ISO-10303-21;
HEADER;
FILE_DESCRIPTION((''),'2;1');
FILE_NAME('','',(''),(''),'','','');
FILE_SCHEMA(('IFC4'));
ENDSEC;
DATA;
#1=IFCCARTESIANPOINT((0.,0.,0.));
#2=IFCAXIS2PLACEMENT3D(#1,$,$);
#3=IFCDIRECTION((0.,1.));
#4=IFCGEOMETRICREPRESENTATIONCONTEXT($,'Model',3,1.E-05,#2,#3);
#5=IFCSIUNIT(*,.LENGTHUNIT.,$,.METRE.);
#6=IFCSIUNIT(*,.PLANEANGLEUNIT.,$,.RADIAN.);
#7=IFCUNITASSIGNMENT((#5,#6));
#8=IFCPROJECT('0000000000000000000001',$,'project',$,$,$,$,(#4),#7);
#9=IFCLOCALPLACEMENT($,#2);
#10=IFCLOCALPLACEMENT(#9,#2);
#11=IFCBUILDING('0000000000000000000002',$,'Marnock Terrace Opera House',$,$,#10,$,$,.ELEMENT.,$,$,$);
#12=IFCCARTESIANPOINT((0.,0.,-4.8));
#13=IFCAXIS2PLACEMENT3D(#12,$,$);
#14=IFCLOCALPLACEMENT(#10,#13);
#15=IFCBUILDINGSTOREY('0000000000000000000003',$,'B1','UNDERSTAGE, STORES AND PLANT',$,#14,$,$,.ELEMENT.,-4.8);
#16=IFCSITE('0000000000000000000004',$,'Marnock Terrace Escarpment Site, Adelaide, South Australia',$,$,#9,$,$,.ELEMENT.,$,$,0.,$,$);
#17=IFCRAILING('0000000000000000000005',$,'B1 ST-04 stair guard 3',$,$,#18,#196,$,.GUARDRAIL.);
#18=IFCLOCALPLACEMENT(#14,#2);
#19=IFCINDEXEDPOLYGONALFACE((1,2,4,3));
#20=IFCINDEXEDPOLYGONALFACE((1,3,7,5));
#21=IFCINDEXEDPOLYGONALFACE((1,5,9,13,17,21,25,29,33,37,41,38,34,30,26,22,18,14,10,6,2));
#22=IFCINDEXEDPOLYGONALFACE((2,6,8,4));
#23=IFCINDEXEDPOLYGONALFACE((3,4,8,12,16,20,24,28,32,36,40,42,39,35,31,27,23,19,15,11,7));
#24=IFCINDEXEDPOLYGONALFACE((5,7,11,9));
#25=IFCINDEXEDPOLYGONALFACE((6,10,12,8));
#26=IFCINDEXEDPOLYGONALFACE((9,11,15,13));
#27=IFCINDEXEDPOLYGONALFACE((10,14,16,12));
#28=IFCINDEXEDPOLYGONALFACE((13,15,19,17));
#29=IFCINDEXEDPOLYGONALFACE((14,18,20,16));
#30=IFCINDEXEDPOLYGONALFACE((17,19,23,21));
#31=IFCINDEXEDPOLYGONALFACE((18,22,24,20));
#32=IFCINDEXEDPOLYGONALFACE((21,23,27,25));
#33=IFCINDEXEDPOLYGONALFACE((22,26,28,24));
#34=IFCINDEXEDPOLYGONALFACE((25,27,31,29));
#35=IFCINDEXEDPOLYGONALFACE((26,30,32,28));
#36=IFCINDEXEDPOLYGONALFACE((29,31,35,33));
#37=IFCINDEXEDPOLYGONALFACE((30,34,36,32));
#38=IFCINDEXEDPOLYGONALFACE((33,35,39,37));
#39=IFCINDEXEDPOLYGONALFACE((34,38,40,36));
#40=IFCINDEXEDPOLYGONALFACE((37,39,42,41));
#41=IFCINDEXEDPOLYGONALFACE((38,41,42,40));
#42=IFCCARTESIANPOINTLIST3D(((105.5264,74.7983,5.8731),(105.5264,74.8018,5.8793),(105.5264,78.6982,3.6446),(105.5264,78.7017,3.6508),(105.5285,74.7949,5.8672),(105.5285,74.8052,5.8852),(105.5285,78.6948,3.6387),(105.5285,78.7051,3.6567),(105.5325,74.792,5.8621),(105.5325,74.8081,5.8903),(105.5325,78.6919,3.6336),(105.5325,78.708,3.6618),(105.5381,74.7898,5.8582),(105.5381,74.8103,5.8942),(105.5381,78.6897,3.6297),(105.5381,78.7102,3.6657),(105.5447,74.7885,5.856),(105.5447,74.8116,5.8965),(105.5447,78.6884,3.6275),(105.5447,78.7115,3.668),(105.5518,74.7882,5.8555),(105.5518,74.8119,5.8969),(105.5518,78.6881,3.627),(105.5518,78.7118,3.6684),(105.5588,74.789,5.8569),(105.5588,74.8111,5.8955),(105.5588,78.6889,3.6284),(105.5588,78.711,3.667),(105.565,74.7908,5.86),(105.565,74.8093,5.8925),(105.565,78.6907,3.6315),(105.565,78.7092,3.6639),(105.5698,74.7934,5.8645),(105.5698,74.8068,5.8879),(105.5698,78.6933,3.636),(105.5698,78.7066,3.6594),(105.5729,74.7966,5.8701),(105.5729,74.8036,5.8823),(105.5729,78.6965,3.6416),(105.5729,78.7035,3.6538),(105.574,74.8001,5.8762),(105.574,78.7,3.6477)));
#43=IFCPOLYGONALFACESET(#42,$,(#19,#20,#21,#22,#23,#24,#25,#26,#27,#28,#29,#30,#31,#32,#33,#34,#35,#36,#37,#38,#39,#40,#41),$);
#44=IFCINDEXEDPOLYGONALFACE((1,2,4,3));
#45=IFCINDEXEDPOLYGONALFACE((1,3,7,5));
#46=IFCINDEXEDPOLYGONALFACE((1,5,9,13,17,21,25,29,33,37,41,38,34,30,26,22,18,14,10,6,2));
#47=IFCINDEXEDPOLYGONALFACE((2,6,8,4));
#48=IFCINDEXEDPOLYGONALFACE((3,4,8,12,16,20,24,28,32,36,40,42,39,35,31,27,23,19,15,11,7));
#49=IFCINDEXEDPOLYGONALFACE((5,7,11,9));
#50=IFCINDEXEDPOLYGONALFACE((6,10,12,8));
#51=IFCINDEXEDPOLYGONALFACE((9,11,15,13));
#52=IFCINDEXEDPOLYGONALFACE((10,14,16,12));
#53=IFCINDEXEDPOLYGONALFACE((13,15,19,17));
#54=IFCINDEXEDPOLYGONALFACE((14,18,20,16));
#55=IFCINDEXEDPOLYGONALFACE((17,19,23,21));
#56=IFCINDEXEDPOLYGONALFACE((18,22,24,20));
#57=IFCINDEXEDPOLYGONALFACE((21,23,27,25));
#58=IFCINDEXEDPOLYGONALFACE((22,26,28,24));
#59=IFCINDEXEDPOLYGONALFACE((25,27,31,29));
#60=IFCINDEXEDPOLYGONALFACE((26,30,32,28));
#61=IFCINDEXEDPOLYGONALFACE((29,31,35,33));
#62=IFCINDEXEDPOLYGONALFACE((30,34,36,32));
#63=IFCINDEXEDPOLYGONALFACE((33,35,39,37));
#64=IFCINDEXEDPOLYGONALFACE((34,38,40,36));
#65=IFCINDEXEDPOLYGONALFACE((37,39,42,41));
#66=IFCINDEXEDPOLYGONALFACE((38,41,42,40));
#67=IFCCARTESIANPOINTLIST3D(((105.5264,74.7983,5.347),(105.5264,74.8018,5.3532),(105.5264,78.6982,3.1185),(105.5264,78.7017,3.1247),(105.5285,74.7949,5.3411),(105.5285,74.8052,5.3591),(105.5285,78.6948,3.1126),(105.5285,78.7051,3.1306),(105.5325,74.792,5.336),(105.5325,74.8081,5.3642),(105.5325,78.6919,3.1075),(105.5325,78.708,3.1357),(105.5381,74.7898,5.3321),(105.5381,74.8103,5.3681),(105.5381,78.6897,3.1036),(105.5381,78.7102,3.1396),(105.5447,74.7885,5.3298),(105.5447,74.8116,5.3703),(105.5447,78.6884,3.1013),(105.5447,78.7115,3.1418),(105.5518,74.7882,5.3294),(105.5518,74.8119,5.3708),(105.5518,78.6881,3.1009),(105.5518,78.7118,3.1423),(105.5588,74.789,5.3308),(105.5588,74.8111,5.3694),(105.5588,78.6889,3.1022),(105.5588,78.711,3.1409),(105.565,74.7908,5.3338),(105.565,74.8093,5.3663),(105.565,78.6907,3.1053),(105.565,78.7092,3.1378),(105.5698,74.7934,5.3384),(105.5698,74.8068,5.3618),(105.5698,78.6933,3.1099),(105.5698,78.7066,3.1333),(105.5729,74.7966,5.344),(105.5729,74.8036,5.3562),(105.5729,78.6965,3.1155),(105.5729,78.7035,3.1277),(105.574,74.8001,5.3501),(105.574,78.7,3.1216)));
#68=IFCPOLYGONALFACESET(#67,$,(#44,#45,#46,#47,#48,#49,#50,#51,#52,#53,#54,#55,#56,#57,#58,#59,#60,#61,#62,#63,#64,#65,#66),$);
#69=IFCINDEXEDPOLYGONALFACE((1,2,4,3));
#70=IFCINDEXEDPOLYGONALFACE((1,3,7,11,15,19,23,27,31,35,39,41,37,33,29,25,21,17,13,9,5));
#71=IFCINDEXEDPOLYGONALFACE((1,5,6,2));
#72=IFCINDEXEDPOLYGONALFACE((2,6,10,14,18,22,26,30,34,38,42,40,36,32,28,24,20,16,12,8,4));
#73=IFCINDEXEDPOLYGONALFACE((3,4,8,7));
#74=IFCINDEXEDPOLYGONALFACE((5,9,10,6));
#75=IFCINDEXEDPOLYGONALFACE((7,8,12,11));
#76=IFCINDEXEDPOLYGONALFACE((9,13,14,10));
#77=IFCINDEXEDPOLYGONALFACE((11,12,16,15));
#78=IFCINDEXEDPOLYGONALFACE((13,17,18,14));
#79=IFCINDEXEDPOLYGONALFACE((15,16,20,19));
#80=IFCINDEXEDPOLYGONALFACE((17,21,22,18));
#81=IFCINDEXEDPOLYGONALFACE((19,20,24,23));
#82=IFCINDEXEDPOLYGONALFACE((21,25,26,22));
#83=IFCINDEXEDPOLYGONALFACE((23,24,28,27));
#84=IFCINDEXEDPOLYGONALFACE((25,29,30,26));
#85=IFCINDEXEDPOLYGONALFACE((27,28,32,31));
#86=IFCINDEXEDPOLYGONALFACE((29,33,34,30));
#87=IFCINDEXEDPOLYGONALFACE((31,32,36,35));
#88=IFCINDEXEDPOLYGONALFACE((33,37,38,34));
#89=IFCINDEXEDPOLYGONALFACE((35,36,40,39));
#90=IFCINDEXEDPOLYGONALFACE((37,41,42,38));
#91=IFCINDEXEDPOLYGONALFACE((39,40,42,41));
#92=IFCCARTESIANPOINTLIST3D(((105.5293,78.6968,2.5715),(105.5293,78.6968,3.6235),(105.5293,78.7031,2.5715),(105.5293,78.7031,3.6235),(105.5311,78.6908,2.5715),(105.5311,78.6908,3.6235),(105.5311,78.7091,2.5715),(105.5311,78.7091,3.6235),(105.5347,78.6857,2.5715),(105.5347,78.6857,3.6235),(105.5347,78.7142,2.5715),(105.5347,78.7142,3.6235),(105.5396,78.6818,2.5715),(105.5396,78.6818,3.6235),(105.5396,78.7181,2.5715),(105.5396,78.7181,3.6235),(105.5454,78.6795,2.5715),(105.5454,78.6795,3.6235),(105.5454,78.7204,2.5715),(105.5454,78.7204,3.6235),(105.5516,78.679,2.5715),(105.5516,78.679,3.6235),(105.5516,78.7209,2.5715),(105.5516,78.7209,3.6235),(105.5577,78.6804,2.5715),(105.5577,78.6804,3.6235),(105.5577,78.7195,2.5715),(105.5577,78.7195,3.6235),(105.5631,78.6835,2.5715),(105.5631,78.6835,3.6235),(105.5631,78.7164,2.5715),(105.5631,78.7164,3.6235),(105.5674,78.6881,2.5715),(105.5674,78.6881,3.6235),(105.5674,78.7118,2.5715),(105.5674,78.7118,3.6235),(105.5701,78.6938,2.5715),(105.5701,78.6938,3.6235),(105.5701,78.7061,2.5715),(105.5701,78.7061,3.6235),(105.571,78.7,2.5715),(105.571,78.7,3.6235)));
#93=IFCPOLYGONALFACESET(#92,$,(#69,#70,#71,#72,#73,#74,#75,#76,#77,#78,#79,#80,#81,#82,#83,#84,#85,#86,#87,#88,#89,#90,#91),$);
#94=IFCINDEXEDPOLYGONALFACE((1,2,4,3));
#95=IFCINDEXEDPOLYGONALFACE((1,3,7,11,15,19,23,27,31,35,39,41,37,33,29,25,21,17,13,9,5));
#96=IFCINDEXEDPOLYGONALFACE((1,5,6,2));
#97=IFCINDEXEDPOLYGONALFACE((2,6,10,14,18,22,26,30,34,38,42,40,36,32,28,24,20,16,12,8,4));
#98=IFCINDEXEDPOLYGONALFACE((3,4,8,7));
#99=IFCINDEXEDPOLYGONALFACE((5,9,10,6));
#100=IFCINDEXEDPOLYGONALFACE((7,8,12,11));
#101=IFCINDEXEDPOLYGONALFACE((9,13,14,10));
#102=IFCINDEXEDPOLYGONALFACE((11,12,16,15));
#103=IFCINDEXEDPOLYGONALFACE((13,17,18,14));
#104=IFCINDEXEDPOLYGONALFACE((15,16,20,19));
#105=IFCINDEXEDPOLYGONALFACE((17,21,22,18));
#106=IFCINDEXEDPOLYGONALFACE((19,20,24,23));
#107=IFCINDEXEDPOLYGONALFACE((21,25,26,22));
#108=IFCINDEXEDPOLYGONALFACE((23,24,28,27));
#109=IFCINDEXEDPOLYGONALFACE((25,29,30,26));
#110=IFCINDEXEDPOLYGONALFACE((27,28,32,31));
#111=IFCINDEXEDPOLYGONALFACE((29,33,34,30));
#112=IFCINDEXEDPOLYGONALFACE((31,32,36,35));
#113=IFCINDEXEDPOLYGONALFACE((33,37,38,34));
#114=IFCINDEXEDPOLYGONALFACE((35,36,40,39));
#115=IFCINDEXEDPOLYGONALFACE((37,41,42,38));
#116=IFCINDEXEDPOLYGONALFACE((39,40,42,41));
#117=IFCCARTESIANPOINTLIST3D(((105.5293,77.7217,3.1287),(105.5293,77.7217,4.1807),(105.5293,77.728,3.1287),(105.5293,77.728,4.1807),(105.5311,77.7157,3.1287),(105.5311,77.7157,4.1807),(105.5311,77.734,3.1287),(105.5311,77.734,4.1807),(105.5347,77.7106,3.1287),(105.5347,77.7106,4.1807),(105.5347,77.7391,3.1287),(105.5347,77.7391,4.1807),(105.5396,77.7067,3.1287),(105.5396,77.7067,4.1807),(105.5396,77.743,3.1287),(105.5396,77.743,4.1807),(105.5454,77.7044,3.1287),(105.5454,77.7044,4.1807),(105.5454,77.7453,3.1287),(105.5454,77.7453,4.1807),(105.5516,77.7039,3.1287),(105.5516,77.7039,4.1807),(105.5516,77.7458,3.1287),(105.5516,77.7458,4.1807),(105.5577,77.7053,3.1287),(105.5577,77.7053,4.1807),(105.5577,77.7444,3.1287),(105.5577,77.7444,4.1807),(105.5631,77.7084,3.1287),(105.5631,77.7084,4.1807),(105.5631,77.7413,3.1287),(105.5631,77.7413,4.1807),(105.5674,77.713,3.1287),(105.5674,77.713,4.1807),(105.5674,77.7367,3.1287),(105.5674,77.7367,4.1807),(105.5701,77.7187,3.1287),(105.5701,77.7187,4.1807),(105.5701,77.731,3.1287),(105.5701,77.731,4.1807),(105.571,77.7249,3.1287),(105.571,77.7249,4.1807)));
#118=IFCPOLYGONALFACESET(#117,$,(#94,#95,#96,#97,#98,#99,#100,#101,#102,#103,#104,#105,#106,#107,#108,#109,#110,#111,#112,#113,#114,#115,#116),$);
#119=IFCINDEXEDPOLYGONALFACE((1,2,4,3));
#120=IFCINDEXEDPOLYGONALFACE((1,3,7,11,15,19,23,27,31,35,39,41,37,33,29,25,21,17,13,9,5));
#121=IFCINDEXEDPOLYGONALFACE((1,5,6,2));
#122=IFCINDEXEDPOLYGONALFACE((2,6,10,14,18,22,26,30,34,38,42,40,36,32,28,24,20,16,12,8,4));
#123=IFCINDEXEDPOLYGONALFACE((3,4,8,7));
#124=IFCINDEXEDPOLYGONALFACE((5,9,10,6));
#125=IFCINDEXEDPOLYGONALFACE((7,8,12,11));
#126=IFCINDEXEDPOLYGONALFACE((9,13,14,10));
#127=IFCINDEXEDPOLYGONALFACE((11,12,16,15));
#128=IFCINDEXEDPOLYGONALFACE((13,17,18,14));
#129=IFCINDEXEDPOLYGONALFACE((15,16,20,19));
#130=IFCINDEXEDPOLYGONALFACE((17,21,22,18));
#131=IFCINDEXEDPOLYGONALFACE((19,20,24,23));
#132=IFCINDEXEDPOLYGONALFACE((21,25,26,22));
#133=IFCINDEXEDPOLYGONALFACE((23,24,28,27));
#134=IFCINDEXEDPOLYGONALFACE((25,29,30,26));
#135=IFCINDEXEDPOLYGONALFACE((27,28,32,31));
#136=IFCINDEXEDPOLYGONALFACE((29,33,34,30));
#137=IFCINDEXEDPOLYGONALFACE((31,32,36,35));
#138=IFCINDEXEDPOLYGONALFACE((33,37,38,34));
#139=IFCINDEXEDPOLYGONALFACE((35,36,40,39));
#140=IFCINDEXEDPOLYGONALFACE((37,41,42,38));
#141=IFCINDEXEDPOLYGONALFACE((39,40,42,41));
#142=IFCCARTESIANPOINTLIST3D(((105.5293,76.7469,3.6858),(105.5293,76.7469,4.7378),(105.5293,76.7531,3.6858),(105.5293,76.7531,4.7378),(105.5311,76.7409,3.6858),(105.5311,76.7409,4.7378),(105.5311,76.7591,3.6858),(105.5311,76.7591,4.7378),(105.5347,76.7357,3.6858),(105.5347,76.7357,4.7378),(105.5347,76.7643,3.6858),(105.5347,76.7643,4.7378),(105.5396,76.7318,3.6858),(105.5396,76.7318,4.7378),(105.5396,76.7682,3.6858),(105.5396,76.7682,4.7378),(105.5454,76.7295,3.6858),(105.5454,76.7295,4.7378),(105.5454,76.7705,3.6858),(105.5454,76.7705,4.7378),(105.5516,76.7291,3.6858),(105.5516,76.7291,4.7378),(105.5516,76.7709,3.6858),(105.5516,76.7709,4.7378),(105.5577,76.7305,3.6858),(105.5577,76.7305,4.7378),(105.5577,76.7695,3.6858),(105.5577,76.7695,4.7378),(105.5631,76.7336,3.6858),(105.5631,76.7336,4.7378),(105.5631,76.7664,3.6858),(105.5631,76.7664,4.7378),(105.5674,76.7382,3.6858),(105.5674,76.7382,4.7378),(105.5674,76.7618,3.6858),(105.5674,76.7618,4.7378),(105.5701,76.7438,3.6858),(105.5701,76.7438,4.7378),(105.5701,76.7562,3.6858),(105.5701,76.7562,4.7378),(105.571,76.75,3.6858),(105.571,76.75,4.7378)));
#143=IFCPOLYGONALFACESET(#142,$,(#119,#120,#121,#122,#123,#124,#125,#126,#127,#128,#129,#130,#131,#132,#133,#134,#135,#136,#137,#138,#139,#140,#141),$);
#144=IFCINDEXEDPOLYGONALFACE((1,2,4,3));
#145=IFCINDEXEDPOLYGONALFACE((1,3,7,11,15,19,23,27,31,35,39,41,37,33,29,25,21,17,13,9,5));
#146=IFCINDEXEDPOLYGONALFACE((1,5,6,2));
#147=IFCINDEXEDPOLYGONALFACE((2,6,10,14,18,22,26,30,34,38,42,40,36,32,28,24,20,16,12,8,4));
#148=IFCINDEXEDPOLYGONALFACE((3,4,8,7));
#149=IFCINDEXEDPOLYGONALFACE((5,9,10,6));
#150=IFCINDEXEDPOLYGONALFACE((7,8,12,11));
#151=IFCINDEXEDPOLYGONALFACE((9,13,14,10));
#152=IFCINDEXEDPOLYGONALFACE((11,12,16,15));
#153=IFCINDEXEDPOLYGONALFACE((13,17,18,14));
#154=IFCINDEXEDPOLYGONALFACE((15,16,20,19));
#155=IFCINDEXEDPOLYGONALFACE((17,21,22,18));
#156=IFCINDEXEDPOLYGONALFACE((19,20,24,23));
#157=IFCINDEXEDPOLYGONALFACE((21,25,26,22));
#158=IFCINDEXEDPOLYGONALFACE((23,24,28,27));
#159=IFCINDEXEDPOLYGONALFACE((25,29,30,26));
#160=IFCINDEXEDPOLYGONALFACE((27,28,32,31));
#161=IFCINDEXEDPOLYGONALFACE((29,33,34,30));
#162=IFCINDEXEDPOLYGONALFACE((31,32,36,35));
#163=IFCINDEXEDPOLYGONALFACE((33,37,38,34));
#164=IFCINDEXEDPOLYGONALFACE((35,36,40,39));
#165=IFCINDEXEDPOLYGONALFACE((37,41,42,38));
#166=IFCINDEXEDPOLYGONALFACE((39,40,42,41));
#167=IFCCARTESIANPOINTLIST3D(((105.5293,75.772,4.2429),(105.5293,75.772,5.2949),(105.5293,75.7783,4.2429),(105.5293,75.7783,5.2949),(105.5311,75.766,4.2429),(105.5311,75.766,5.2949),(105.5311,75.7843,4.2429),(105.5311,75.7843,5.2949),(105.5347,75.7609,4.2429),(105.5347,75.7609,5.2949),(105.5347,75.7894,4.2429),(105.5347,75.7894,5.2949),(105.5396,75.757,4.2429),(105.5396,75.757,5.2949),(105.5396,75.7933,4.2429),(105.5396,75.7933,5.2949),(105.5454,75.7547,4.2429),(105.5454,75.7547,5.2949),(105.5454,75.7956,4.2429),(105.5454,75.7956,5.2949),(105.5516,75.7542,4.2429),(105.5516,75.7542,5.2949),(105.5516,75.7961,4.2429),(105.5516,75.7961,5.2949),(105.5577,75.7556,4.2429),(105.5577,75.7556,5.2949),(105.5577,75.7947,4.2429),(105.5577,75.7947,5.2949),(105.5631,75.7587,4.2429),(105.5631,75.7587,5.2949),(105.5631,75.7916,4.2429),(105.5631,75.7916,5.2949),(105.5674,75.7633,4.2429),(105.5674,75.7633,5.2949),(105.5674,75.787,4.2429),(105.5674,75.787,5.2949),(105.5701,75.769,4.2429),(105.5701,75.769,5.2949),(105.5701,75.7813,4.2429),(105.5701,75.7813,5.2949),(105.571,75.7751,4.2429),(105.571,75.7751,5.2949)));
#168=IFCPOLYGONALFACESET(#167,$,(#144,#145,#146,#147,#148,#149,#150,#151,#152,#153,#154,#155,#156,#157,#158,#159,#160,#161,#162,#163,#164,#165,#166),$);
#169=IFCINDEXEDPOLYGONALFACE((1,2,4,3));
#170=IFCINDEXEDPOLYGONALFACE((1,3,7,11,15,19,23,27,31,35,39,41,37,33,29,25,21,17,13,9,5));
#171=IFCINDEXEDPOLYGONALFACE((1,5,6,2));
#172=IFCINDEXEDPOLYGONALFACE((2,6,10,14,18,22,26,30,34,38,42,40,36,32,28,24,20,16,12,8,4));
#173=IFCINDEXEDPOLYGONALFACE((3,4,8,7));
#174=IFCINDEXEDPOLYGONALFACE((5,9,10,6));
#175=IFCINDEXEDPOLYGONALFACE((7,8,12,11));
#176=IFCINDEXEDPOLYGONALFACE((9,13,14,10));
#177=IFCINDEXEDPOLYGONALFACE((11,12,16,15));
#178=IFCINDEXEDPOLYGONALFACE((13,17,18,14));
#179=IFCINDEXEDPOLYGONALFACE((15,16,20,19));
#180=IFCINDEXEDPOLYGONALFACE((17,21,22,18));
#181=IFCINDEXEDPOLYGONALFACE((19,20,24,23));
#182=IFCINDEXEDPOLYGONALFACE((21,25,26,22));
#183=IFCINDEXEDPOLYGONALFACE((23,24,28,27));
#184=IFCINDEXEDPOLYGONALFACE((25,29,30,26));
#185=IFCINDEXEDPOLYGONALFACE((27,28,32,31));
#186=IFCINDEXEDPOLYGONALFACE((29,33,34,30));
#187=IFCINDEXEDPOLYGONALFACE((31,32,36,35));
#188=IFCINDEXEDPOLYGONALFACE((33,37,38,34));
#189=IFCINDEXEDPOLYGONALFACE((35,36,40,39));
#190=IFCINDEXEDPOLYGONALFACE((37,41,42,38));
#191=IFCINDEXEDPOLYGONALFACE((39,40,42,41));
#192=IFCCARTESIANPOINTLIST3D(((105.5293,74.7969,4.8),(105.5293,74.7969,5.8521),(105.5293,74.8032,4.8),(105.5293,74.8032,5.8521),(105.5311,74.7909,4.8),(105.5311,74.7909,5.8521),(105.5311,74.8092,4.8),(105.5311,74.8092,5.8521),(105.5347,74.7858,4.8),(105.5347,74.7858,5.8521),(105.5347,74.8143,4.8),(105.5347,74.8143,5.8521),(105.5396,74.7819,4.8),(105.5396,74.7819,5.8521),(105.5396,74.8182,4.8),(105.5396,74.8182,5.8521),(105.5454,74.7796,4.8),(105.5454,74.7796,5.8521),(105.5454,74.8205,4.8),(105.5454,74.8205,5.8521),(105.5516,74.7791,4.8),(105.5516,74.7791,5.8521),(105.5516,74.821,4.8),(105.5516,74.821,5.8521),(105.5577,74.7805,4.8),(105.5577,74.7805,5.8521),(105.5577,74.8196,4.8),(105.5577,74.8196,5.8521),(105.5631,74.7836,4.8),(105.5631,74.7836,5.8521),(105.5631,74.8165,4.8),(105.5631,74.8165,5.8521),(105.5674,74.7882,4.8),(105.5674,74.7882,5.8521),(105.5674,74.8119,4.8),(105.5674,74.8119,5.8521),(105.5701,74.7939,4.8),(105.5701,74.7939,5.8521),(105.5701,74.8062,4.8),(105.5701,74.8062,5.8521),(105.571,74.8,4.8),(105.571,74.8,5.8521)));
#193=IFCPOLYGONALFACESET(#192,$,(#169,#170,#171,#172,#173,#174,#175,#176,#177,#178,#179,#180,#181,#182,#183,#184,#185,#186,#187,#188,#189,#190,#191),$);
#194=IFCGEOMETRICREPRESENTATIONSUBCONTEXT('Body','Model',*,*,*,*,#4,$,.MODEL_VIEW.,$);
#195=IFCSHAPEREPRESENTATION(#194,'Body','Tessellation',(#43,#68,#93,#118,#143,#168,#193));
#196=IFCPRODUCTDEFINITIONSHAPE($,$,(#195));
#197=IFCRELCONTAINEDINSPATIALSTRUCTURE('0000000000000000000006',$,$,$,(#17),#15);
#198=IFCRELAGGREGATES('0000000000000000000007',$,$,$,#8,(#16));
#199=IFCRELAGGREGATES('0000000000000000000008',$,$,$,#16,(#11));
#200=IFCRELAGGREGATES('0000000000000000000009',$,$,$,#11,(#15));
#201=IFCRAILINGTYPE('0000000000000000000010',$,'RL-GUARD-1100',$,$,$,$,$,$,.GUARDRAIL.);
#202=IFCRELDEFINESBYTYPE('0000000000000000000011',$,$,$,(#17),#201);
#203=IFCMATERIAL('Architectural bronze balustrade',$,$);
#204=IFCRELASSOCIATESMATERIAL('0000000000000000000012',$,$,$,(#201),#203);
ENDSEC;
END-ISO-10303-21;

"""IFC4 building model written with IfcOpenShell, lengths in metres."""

from ifc_helpers import new_model, si_unit, direction, frame, origin, origin_2d, place, context, subcontext, project, spatial, circle, extrude, material, type_object, element, save


model = new_model("IFC4")

# Units and contexts
model_context = context("Model", 3, precision=1e-05, world=origin(), true_north=direction((0.0, 1.0)))
body_context = subcontext(model_context, "Body", "Model", "MODEL_VIEW")
ifc_project = project(units=[si_unit("LENGTHUNIT", "METRE"), si_unit("PLANEANGLEUNIT", "RADIAN")], contexts=[model_context])

# Site, building, storey
site_placement = place(None, origin())
site = spatial("IfcSite", under=ifc_project, at=site_placement, Name="Marnock Terrace Escarpment Site, Adelaide, South Australia", CompositionType="ELEMENT", RefElevation=0.0)
building_placement = place(site_placement, origin())
building = spatial("IfcBuilding", under=site, at=building_placement, Name="Marnock Terrace Opera House", CompositionType="ELEMENT")
storey_placement = place(building_placement, frame((0.0, 0.0, -4.8)))
storey = spatial("IfcBuildingStorey", under=building, at=storey_placement, Name="B1", Description="UNDERSTAGE, STORES AND PLANT", CompositionType="ELEMENT", Elevation=-4.8)

# Railing
ifc_material_1 = material(Name="Architectural bronze balustrade")
railing_type_1 = type_object("IfcRailingType", Name="RL-GUARD-1100", PredefinedType="GUARDRAIL", material=ifc_material_1)
railing_1_placement = place(storey_placement, frame((105.55, 78.7, 2.5715)))
element("IfcRailing", 1, at=railing_1_placement, inside=storey, type_object=railing_type_1, Name="B1 ST-04 stair guard 3", PredefinedType="GUARDRAIL", context=body_context, shape_type="SweptSolid", body=[
    extrude(circle(Radius=0.0239, at=origin_2d()), frame((0.0, 0.0, 1.0762), z_axis=(0.0, -0.868243, 0.496139), x_axis=(1.0, 0.0, 0.0)), (0.0, 0.0, 1.0), 4.4917),
    extrude(circle(Radius=0.0239, at=origin_2d()), frame((0.0, 0.0, 0.55), z_axis=(0.0, -0.868243, 0.496139), x_axis=(1.0, 0.0, 0.0)), (0.0, 0.0, 1.0), 4.4917),
    extrude(circle(Radius=0.021, at=origin_2d()), origin(), (0.0, 0.0, 1.0), 1.052),
    extrude(circle(Radius=0.021, at=origin_2d()), frame((0.0, -0.9751, 0.5571)), (0.0, 0.0, 1.0), 1.052),
    extrude(circle(Radius=0.021, at=origin_2d()), frame((0.0, -1.95, 1.1143)), (0.0, 0.0, 1.0), 1.052),
    extrude(circle(Radius=0.021, at=origin_2d()), frame((0.0, -2.9248, 1.6714)), (0.0, 0.0, 1.0), 1.052),
    extrude(circle(Radius=0.021, at=origin_2d()), frame((0.0, -3.8999, 2.2285)), (0.0, 0.0, 1.0), 1.052),
])

save(model, "model.ifc")
